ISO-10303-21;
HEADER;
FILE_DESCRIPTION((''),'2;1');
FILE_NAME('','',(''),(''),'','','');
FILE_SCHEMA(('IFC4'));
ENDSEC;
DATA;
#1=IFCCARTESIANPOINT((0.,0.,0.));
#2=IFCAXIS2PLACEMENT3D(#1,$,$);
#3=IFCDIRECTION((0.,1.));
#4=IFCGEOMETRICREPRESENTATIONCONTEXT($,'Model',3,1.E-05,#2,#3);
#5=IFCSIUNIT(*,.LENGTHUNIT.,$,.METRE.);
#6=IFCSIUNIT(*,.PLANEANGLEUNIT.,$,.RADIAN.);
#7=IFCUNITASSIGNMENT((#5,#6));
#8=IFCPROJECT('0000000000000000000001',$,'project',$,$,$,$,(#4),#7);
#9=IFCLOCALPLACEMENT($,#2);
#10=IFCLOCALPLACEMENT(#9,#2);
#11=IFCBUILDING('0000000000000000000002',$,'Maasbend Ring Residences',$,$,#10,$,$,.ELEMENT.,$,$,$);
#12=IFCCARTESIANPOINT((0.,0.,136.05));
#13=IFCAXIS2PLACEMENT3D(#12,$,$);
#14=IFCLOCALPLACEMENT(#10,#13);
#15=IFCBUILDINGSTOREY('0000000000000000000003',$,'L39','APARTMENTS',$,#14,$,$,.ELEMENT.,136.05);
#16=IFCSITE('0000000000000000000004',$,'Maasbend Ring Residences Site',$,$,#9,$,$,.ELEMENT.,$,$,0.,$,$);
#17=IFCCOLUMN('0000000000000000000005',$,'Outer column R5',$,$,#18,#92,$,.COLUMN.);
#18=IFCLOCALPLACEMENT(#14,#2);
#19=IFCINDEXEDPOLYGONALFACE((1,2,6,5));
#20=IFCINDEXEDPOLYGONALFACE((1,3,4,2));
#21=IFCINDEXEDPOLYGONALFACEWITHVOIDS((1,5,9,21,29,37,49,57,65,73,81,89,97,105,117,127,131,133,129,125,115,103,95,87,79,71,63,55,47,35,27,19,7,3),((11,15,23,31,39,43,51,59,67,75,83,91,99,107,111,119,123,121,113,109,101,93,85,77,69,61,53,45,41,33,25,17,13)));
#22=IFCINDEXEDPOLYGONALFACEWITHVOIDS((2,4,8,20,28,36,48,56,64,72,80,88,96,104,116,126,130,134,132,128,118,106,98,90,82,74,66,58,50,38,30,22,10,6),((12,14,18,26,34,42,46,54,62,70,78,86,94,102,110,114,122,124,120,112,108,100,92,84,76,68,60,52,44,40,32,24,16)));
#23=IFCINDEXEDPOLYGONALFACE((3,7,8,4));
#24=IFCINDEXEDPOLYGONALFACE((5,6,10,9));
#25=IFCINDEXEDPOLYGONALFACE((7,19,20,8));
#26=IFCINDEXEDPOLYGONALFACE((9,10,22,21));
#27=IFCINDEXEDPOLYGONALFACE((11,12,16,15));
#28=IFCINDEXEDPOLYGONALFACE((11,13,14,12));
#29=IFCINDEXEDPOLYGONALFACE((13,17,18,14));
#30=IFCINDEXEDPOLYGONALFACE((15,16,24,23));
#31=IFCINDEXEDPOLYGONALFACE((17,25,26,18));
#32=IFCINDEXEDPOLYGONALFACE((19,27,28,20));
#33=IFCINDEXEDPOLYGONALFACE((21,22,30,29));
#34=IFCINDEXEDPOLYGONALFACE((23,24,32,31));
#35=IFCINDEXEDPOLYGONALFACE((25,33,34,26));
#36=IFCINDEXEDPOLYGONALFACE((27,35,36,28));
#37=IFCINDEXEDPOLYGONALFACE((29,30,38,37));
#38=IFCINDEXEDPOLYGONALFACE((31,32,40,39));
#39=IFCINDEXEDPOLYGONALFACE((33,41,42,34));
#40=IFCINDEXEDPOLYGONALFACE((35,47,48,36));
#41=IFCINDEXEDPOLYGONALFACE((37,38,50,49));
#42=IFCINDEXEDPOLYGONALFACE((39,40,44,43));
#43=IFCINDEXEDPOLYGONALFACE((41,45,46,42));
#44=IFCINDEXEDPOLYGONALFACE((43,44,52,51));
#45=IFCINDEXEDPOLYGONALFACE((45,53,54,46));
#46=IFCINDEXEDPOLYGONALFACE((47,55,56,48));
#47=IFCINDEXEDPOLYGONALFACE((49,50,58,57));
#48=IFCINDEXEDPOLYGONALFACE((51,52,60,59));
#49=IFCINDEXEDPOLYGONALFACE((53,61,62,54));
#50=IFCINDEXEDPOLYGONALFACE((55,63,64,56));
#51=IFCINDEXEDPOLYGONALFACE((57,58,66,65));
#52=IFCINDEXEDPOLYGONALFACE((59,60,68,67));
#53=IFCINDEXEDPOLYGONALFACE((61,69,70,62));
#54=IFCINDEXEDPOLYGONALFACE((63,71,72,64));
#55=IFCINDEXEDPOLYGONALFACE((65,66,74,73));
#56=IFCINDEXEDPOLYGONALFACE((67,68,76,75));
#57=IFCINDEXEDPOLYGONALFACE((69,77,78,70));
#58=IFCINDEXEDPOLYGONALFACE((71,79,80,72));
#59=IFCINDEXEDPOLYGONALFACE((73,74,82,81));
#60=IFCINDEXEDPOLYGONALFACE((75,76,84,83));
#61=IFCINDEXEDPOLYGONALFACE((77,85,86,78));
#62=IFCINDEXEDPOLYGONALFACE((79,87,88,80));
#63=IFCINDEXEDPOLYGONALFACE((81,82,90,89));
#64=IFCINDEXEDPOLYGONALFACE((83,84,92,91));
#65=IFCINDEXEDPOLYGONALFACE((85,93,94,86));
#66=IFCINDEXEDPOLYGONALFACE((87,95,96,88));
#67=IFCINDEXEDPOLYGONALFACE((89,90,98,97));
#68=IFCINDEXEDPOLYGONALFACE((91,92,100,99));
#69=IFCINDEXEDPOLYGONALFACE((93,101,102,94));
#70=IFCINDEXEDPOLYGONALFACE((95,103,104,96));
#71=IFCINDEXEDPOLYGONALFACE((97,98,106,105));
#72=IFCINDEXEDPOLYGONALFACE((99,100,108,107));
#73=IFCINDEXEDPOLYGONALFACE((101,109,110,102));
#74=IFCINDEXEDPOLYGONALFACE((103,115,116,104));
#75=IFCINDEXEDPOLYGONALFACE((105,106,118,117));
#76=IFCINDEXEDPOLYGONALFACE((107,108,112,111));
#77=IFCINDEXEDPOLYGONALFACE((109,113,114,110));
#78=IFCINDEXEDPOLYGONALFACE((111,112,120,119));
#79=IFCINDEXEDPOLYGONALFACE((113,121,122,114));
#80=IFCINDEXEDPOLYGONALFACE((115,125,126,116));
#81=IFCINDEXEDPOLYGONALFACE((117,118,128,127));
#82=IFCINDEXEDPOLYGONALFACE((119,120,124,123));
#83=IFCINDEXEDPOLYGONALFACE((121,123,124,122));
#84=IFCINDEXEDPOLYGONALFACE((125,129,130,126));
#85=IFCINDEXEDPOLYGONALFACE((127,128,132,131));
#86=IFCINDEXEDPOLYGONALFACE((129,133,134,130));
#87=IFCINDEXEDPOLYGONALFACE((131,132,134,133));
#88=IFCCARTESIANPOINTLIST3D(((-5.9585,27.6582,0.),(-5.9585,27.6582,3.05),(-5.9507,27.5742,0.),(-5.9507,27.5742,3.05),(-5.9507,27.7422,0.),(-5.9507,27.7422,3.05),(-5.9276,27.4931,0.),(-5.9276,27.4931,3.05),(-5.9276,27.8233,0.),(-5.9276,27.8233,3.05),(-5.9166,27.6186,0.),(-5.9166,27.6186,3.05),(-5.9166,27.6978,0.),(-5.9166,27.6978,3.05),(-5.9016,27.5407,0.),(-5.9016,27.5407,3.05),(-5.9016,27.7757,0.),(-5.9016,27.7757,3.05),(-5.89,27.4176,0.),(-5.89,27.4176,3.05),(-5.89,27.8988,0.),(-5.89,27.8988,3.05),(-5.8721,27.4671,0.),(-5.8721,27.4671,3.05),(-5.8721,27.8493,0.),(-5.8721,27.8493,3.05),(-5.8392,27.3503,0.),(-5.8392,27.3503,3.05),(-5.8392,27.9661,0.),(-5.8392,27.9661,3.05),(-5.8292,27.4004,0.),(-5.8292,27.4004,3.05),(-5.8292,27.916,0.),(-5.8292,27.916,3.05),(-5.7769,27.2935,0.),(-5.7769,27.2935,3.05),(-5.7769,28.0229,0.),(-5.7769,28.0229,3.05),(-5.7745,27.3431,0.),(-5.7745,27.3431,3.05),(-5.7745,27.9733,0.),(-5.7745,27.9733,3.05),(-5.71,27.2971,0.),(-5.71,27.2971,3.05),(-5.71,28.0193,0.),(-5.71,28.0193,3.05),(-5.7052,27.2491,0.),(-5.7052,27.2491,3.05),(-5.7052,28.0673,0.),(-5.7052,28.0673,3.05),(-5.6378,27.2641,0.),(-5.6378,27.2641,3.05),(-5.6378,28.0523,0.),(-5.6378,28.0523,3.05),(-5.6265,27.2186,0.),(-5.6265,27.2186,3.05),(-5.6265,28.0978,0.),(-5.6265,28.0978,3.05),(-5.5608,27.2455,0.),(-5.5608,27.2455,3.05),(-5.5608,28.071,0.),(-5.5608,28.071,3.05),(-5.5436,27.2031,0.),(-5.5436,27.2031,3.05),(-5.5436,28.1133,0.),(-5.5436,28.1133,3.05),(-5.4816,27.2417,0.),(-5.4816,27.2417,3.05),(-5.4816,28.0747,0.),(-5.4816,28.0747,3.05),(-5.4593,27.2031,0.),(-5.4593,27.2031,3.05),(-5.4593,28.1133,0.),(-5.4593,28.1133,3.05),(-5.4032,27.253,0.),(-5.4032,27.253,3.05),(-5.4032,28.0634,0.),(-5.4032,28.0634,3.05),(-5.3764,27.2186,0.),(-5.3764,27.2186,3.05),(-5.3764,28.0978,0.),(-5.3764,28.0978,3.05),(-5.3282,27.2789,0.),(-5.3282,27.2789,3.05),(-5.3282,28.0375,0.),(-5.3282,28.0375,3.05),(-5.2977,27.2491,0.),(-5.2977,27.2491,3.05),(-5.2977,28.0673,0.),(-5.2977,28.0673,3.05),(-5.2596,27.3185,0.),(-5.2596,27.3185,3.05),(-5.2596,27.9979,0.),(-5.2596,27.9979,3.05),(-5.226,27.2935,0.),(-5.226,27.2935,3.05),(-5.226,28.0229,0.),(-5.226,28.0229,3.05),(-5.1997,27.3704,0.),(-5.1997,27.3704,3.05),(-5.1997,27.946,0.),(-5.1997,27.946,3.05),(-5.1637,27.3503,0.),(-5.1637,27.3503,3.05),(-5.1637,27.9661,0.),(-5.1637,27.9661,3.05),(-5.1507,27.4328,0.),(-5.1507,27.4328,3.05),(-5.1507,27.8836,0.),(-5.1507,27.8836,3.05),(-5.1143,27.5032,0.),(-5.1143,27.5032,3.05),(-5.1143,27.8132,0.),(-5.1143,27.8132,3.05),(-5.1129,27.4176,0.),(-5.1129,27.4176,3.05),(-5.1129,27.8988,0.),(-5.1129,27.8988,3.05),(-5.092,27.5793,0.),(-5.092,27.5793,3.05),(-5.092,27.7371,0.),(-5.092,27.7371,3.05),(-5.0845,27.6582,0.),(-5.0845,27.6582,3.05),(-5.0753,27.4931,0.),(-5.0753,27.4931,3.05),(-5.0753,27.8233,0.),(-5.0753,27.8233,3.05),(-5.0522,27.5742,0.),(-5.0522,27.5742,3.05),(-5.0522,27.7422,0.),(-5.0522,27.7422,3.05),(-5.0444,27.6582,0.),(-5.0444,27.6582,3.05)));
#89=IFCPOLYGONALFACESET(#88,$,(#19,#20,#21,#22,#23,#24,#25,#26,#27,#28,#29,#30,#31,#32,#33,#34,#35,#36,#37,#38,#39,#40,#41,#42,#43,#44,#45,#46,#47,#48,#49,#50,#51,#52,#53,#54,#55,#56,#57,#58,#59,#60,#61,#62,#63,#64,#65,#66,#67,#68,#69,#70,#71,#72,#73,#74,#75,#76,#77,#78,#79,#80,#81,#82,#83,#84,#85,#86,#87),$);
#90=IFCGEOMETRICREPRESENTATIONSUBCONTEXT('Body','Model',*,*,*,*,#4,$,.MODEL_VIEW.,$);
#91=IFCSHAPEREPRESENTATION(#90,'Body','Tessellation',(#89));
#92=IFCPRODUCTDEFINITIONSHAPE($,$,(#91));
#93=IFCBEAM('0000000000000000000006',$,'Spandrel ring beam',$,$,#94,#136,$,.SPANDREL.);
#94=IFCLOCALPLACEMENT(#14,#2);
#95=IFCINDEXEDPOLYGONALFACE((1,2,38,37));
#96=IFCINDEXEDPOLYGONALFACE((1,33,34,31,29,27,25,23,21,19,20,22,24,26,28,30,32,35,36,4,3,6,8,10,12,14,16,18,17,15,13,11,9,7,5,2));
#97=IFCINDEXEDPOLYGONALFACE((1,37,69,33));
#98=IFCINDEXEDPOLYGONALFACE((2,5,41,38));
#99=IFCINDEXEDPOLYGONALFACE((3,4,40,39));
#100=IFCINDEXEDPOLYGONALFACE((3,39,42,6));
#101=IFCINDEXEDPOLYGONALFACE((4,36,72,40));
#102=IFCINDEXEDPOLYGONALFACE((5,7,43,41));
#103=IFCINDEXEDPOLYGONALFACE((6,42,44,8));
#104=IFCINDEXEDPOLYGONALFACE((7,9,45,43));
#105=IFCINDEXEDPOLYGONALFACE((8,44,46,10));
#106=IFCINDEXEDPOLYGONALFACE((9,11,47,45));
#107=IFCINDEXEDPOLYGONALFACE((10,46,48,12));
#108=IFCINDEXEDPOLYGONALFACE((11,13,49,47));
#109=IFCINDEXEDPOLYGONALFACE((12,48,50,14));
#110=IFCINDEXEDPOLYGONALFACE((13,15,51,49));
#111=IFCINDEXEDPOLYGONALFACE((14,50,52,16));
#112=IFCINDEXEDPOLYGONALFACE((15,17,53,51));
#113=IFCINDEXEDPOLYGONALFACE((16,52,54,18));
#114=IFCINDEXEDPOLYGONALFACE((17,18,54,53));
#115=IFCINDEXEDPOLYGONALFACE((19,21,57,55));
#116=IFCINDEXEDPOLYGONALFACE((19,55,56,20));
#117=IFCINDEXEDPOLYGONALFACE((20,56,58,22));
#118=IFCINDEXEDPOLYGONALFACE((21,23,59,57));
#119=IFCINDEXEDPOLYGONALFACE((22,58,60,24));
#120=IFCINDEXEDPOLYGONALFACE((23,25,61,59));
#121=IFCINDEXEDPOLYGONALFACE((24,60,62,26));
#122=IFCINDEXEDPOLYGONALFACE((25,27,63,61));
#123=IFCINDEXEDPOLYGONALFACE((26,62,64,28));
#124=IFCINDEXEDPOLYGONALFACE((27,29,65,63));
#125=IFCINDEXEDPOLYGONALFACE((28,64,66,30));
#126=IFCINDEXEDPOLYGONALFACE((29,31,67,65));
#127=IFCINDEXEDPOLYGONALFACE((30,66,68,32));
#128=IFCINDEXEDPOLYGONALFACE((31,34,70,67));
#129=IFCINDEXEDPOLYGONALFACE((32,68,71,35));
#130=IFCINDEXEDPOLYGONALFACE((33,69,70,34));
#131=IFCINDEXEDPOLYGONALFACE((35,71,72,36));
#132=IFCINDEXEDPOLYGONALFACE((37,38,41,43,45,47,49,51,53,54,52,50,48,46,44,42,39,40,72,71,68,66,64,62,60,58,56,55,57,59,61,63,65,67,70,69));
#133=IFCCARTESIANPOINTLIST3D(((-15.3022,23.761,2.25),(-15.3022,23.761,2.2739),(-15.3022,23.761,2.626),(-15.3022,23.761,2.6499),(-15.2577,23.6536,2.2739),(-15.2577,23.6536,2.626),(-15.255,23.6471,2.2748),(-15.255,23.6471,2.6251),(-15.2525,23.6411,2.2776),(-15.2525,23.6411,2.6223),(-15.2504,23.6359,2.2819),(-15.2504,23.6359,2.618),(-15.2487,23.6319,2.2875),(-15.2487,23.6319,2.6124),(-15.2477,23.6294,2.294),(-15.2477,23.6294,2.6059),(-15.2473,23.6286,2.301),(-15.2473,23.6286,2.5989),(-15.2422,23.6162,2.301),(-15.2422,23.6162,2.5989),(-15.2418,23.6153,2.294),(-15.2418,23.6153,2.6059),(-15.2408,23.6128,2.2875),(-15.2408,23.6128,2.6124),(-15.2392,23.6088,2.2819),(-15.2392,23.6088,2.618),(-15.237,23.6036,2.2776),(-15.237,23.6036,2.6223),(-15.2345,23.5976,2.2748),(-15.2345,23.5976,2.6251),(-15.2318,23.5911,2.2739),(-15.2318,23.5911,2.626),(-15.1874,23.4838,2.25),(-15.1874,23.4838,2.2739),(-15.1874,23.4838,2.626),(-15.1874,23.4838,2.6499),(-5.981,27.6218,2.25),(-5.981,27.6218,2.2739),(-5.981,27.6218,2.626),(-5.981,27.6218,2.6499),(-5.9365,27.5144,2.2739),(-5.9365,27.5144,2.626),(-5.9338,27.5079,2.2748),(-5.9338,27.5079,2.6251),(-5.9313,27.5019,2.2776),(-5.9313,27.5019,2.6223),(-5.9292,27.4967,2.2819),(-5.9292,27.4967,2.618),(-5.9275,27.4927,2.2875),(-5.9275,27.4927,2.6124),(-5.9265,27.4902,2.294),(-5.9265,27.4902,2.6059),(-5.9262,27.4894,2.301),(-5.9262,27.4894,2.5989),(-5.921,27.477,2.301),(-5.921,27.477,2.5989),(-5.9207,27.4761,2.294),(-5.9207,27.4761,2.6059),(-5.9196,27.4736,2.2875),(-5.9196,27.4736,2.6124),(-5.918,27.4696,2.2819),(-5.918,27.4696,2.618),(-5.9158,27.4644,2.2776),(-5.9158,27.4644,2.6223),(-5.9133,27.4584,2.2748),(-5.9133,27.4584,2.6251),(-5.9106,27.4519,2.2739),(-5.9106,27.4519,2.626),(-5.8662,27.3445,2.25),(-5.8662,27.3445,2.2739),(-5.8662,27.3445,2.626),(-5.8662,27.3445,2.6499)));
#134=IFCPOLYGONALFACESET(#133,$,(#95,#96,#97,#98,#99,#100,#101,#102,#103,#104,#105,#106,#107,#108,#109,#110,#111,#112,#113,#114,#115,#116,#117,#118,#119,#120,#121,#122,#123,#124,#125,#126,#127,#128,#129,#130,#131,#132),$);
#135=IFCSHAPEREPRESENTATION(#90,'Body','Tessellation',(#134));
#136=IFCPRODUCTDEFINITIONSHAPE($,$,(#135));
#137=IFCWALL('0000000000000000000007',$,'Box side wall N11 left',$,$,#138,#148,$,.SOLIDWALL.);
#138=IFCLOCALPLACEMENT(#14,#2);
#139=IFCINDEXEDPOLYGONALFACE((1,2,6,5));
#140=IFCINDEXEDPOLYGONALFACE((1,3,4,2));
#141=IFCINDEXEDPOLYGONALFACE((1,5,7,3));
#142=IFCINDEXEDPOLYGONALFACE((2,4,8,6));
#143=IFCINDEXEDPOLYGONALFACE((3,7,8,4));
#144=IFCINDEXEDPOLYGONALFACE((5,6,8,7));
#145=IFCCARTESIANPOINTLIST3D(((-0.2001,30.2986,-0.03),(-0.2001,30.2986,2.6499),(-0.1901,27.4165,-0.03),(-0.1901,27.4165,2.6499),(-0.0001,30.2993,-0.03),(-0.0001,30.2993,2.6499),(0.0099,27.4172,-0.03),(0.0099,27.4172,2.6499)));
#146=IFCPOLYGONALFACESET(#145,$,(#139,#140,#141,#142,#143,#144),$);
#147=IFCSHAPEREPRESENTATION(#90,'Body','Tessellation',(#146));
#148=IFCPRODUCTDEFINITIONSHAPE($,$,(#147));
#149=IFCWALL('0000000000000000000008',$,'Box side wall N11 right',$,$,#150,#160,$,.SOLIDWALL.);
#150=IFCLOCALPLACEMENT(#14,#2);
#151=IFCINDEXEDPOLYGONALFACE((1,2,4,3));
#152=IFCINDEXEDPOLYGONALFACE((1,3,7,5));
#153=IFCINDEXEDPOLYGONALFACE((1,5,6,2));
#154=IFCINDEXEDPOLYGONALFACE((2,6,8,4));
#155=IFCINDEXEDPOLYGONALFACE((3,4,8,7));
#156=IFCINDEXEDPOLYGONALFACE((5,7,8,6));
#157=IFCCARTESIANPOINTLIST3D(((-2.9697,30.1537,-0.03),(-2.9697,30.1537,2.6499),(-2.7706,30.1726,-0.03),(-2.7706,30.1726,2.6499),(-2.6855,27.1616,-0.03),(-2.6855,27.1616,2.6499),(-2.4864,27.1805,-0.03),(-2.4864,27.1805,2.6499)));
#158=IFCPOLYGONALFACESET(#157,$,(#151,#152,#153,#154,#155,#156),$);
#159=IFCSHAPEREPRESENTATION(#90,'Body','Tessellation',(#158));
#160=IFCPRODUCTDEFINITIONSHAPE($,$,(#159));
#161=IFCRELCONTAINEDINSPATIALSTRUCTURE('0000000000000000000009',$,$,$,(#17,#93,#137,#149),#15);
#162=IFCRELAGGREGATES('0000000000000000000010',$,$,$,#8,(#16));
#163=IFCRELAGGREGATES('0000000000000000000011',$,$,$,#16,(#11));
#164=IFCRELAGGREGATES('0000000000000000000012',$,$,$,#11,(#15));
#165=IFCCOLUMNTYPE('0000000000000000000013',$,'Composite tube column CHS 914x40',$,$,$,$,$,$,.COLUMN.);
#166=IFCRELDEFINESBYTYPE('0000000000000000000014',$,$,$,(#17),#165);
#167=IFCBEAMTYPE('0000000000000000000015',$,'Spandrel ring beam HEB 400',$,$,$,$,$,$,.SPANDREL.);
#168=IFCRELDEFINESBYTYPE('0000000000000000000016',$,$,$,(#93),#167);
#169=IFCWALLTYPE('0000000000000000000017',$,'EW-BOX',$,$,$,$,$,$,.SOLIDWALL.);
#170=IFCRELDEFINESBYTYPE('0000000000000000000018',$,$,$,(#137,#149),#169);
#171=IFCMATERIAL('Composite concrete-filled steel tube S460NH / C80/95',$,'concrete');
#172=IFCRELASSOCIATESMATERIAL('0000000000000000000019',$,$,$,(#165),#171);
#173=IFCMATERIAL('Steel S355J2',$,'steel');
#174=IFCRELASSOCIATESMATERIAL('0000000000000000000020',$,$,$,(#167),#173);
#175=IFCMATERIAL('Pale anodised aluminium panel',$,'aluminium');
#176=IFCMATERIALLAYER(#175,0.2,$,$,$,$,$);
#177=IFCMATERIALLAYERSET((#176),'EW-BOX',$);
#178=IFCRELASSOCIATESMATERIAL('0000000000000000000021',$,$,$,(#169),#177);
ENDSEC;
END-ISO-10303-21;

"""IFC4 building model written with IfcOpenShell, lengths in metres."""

from ifc_helpers import new_model, si_unit, direction, frame, frame_2d, origin, origin_2d, place, context, subcontext, project, spatial, rectangle, hollow_circle, i_section, extrude, material, layer, layer_set, material_profile, profile_set, type_object, element, save


model = new_model("IFC4")

# Units and contexts
model_context = context("Model", 3, precision=1e-05, world=origin(), true_north=direction((0.0, 1.0)))
body_context = subcontext(model_context, "Body", "Model", "MODEL_VIEW")
ifc_project = project(units=[si_unit("LENGTHUNIT", "METRE"), si_unit("PLANEANGLEUNIT", "RADIAN")], contexts=[model_context])

# Site, building, storey
site_placement = place(None, origin())
site = spatial("IfcSite", under=ifc_project, at=site_placement, Name="Maasbend Ring Residences Site", CompositionType="ELEMENT", RefElevation=0.0)
building_placement = place(site_placement, origin())
building = spatial("IfcBuilding", under=site, at=building_placement, Name="Maasbend Ring Residences", CompositionType="ELEMENT")
storey_placement = place(building_placement, frame((0.0, 0.0, 136.05)))
storey = spatial("IfcBuildingStorey", under=building, at=storey_placement, Name="L39", Description="APARTMENTS", CompositionType="ELEMENT", Elevation=136.05)

# Column
ifc_material_1 = material(Name="Composite concrete-filled steel tube S460NH / C80/95", Category="concrete")
ifc_material_profile_1 = material_profile(ifc_material_1, hollow_circle(Radius=0.457, WallThickness=0.04, at=origin_2d()), Name="Composite tube column CHS 914x40")
ifc_profile_set_1 = profile_set([ifc_material_profile_1], Name="Composite concrete-filled steel tube S460NH / C80/95")
column_type = type_object("IfcColumnType", Name="Composite tube column CHS 914x40", PredefinedType="COLUMN", material=ifc_profile_set_1)
column_placement = place(storey_placement, frame((-5.5015, 27.6582, 0.0), z_axis=(0.0, 0.0, 1.0), x_axis=(1.0, 0.0, 0.0)))
element("IfcColumn", 1, at=column_placement, inside=storey, type_object=column_type, Name="Outer column R5", PredefinedType="COLUMN", context=body_context, shape_type="SweptSolid", body=[
    extrude(hollow_circle(Radius=0.457, WallThickness=0.04, at=origin_2d()), origin(), (0.0, 0.0, 1.0), 3.05),
])

# Beam
ifc_material_2 = material(Name="Steel S355J2", Category="steel")
ifc_material_profile_2 = material_profile(ifc_material_2, i_section(OverallWidth=0.3, OverallDepth=0.3999, WebThickness=0.0134, FlangeThickness=0.0239, FilletRadius=0.0271, at=origin_2d()), Name="HEB 400")
ifc_profile_set_2 = profile_set([ifc_material_profile_2], Name="Steel S355J2")
beam_type = type_object("IfcBeamType", Name="Spandrel ring beam HEB 400", PredefinedType="SPANDREL", material=ifc_profile_set_2)
beam_placement = place(storey_placement, frame((-5.9236, 27.4832, 2.45), z_axis=(-0.923885, -0.38267, 0.0), x_axis=(0.38267, -0.923885, 0.0)))
element("IfcBeam", 2, at=beam_placement, inside=storey, type_object=beam_type, Name="Spandrel ring beam", PredefinedType="SPANDREL", context=body_context, shape_type="SweptSolid", body=[
    extrude(i_section(OverallWidth=0.3, OverallDepth=0.3999, WebThickness=0.0134, FlangeThickness=0.0239, FilletRadius=0.0271, at=origin_2d()), origin(), (0.0, 0.0, 1.0), 10.0891),
])

# Walls
ifc_material_3 = material(Name="Pale anodised aluminium panel", Category="aluminium")
ifc_layer_1 = layer(ifc_material_3, 0.2)
ifc_layer_set_1 = layer_set([ifc_layer_1], Name="EW-BOX")
wall_type_1 = type_object("IfcWallType", Name="EW-BOX", PredefinedType="SOLIDWALL", material=ifc_layer_set_1)
wall_1_placement = place(storey_placement, frame((-0.0901, 27.417, -0.03), z_axis=(0.0, 0.0, 1.0), x_axis=(-0.003473, 0.999994, 0.0)))
element("IfcWall", 3, at=wall_1_placement, inside=storey, type_object=wall_type_1, Name="Box side wall N11 left", PredefinedType="SOLIDWALL", context=body_context, shape_type="SweptSolid", body=[
    extrude(rectangle(XDim=2.8821, YDim=0.2, at=frame_2d((1.4409, 0.0))), origin(), (0.0, 0.0, 1.0), 2.6799),
])
wall_2_placement = place(storey_placement, frame((-2.5859, 27.1709, -0.03), z_axis=(0.0, 0.0, 1.0), x_axis=(-0.094548, 0.99552, 0.0)))
element("IfcWall", 4, at=wall_2_placement, inside=storey, type_object=wall_type_1, Name="Box side wall N11 right", PredefinedType="SOLIDWALL", context=body_context, shape_type="SweptSolid", body=[
    extrude(rectangle(XDim=3.0056, YDim=0.2, at=frame_2d((1.5029, 0.0))), origin(), (0.0, 0.0, 1.0), 2.6799),
])

save(model, "model.ifc")
